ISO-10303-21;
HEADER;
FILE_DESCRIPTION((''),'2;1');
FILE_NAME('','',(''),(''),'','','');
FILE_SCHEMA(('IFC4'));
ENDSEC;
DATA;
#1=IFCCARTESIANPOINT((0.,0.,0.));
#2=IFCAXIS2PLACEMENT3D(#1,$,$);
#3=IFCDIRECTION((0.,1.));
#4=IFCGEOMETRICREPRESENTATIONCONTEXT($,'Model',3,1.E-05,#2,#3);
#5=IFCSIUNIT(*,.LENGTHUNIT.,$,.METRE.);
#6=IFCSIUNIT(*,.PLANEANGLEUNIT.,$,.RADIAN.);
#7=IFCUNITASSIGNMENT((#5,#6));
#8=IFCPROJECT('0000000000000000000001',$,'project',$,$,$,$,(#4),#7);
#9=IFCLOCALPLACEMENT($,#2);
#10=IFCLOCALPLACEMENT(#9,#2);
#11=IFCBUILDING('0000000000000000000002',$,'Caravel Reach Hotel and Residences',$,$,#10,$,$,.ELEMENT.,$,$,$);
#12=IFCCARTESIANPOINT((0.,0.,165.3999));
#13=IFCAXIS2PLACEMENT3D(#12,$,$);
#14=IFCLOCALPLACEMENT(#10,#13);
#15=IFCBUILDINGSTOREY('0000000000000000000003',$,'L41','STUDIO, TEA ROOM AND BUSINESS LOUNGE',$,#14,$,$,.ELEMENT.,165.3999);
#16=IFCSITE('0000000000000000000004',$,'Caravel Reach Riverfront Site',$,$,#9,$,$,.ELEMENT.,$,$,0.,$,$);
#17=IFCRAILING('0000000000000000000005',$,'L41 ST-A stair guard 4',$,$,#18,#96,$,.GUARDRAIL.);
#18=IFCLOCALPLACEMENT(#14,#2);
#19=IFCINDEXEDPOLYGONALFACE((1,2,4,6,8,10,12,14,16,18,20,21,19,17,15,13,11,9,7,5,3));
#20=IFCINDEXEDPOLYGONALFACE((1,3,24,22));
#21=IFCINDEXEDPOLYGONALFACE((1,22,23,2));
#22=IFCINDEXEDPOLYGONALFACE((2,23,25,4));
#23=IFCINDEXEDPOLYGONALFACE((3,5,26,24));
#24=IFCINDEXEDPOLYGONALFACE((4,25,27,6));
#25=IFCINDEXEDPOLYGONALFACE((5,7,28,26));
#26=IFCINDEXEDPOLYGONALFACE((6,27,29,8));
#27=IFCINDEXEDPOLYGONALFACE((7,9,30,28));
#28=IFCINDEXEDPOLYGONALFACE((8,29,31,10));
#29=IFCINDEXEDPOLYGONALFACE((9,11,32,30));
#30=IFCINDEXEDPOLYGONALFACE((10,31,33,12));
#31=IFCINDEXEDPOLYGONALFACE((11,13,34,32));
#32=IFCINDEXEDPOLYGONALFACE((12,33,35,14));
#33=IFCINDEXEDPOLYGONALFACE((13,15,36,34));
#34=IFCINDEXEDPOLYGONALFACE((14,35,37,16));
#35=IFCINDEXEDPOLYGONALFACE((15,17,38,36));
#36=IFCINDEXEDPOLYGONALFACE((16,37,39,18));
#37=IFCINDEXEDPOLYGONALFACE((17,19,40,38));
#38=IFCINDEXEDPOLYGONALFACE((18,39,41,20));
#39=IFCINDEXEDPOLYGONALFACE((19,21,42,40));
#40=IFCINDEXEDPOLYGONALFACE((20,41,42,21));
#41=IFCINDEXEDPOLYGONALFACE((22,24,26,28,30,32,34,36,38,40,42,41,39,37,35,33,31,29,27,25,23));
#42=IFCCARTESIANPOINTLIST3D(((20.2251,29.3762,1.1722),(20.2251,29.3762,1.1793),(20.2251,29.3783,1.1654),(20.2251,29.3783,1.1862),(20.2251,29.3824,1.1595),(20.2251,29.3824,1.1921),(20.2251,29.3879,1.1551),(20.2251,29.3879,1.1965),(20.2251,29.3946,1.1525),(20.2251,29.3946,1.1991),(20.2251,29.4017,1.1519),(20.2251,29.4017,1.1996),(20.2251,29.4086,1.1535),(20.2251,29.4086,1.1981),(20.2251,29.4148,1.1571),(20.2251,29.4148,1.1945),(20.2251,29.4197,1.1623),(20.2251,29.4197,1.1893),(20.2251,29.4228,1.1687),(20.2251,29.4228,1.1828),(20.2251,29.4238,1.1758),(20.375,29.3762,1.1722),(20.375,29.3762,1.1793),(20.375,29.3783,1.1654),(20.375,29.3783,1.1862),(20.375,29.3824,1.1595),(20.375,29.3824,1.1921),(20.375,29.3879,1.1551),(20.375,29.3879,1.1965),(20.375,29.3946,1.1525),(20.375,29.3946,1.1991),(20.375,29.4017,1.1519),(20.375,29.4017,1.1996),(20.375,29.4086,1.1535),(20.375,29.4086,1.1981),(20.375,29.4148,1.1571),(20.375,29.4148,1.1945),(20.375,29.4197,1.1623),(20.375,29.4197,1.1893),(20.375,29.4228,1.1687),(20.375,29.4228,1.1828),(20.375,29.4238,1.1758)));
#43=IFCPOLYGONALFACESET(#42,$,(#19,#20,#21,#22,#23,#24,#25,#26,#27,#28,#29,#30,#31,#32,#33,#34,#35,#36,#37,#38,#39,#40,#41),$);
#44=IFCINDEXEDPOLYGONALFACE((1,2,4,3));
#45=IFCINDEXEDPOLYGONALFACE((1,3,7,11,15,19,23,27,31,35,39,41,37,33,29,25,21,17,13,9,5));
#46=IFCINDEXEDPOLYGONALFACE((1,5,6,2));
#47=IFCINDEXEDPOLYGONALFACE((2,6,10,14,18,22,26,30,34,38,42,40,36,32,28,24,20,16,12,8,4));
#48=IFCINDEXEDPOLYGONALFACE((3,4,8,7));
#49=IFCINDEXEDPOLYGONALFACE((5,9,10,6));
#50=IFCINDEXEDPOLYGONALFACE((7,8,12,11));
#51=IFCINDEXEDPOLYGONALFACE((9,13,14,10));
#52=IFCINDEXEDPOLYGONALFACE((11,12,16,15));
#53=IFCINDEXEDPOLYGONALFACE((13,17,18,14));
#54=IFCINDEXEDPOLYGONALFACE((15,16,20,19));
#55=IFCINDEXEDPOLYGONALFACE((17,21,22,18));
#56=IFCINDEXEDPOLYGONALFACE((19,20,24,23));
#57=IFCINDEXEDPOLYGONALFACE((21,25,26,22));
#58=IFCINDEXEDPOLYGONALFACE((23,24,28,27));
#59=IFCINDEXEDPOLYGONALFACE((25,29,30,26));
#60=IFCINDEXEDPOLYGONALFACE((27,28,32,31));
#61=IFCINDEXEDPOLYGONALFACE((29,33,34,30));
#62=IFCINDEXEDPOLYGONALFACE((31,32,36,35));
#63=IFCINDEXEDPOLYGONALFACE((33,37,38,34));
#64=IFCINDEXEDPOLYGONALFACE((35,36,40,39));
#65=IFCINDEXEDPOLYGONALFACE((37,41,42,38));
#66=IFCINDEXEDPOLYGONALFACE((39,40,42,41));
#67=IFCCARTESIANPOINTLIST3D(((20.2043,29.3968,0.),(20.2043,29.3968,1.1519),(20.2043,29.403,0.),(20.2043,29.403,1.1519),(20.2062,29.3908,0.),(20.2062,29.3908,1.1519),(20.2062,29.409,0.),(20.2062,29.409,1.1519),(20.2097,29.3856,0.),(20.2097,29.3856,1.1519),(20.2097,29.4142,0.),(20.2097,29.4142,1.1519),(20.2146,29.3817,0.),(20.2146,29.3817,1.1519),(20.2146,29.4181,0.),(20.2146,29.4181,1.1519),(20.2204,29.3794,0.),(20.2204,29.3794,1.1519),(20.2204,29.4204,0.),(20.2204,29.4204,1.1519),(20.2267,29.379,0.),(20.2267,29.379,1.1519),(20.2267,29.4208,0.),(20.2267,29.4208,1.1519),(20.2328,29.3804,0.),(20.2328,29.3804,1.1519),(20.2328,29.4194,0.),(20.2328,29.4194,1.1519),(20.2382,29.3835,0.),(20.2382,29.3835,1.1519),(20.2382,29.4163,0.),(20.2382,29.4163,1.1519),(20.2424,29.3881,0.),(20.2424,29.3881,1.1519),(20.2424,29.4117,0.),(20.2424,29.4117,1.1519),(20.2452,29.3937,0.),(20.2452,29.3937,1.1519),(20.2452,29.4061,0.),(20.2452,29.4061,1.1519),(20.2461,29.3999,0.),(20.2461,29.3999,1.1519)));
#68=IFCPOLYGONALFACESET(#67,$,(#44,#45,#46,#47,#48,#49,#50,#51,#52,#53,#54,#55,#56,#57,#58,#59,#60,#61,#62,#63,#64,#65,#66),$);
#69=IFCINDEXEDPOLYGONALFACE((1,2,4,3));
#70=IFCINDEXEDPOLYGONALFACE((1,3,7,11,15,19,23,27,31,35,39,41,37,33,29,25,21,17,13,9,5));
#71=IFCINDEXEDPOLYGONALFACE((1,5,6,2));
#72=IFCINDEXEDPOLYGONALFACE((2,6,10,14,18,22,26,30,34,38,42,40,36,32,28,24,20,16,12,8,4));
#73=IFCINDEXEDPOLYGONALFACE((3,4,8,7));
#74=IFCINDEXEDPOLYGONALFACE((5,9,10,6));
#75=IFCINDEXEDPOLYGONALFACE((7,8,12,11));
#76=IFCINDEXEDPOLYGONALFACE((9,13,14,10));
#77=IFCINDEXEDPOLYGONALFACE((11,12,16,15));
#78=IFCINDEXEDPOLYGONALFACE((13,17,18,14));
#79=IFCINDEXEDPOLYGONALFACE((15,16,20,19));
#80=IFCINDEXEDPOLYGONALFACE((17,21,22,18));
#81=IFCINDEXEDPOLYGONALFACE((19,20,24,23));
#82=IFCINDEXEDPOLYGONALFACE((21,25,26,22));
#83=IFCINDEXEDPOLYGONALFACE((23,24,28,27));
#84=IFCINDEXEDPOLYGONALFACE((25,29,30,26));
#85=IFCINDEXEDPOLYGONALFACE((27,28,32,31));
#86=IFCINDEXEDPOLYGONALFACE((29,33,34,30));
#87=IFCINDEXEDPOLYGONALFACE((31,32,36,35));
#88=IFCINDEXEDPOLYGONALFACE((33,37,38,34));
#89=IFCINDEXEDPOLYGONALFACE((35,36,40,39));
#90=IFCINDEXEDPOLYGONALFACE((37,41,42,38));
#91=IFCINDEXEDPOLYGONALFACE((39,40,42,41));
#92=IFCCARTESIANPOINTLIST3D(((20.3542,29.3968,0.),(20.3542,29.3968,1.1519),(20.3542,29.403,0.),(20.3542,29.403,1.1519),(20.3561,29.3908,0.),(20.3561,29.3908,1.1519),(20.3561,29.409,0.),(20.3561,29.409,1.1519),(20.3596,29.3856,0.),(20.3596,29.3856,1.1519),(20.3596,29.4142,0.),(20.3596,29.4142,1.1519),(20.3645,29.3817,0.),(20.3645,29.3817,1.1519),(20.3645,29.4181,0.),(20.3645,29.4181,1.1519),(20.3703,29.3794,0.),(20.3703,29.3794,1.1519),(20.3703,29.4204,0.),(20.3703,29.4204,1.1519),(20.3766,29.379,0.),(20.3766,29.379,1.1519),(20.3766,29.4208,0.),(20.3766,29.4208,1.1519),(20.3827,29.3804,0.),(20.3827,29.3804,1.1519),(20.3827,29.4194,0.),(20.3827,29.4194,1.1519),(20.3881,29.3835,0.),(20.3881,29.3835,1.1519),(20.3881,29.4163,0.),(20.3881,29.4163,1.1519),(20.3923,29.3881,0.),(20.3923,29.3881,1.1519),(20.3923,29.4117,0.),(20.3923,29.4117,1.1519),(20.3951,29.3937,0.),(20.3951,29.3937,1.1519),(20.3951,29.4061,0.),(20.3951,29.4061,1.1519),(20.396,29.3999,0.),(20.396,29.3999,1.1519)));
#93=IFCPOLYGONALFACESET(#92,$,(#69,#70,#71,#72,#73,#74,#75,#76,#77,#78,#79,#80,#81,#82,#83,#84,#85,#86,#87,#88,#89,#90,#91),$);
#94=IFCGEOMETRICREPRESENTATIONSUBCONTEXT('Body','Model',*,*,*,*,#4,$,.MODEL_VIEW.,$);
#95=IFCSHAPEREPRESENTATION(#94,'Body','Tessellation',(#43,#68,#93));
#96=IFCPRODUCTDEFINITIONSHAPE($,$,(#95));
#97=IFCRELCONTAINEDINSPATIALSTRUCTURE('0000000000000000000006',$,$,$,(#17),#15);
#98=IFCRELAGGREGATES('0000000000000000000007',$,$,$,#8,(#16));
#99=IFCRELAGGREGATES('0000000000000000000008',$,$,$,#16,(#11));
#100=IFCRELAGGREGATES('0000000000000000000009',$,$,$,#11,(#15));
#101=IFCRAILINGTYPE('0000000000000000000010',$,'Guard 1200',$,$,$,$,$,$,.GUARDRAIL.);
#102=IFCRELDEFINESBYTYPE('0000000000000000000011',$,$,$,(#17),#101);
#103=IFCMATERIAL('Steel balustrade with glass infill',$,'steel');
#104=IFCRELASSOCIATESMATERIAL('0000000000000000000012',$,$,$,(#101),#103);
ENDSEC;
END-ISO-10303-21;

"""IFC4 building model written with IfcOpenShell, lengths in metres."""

from ifc_helpers import new_model, si_unit, direction, frame, origin, origin_2d, place, context, subcontext, project, spatial, circle, extrude, material, type_object, element, save


model = new_model("IFC4")

# Units and contexts
model_context = context("Model", 3, precision=1e-05, world=origin(), true_north=direction((0.0, 1.0)))
body_context = subcontext(model_context, "Body", "Model", "MODEL_VIEW")
ifc_project = project(units=[si_unit("LENGTHUNIT", "METRE"), si_unit("PLANEANGLEUNIT", "RADIAN")], contexts=[model_context])

# Site, building, storey
site_placement = place(None, origin())
site = spatial("IfcSite", under=ifc_project, at=site_placement, Name="Caravel Reach Riverfront Site", CompositionType="ELEMENT", RefElevation=0.0)
building_placement = place(site_placement, origin())
building = spatial("IfcBuilding", under=site, at=building_placement, Name="Caravel Reach Hotel and Residences", CompositionType="ELEMENT")
storey_placement = place(building_placement, frame((0.0, 0.0, 165.3999)))
storey = spatial("IfcBuildingStorey", under=building, at=storey_placement, Name="L41", Description="STUDIO, TEA ROOM AND BUSINESS LOUNGE", CompositionType="ELEMENT", Elevation=165.3999)

# Railing
ifc_material_1 = material(Name="Steel balustrade with glass infill", Category="steel")
railing_type = type_object("IfcRailingType", Name="Guard 1200", PredefinedType="GUARDRAIL", material=ifc_material_1)
railing_placement = place(storey_placement, frame((20.2251, 29.3999, 0.0)))
element("IfcRailing", 1, at=railing_placement, inside=storey, type_object=railing_type, Name="L41 ST-A stair guard 4", PredefinedType="GUARDRAIL", context=body_context, shape_type="SweptSolid", body=[
    extrude(circle(Radius=0.0239, at=origin_2d()), frame((0.0, 0.0, 1.1758), z_axis=(1.0, 0.0, 0.0), x_axis=(0.0, 1.0, 0.0)), (0.0, 0.0, 1.0), 0.1499),
    extrude(circle(Radius=0.021, at=origin_2d()), origin(), (0.0, 0.0, 1.0), 1.1519),
    extrude(circle(Radius=0.021, at=origin_2d()), frame((0.1499, 0.0, 0.0)), (0.0, 0.0, 1.0), 1.1519),
])

save(model, "model.ifc")
